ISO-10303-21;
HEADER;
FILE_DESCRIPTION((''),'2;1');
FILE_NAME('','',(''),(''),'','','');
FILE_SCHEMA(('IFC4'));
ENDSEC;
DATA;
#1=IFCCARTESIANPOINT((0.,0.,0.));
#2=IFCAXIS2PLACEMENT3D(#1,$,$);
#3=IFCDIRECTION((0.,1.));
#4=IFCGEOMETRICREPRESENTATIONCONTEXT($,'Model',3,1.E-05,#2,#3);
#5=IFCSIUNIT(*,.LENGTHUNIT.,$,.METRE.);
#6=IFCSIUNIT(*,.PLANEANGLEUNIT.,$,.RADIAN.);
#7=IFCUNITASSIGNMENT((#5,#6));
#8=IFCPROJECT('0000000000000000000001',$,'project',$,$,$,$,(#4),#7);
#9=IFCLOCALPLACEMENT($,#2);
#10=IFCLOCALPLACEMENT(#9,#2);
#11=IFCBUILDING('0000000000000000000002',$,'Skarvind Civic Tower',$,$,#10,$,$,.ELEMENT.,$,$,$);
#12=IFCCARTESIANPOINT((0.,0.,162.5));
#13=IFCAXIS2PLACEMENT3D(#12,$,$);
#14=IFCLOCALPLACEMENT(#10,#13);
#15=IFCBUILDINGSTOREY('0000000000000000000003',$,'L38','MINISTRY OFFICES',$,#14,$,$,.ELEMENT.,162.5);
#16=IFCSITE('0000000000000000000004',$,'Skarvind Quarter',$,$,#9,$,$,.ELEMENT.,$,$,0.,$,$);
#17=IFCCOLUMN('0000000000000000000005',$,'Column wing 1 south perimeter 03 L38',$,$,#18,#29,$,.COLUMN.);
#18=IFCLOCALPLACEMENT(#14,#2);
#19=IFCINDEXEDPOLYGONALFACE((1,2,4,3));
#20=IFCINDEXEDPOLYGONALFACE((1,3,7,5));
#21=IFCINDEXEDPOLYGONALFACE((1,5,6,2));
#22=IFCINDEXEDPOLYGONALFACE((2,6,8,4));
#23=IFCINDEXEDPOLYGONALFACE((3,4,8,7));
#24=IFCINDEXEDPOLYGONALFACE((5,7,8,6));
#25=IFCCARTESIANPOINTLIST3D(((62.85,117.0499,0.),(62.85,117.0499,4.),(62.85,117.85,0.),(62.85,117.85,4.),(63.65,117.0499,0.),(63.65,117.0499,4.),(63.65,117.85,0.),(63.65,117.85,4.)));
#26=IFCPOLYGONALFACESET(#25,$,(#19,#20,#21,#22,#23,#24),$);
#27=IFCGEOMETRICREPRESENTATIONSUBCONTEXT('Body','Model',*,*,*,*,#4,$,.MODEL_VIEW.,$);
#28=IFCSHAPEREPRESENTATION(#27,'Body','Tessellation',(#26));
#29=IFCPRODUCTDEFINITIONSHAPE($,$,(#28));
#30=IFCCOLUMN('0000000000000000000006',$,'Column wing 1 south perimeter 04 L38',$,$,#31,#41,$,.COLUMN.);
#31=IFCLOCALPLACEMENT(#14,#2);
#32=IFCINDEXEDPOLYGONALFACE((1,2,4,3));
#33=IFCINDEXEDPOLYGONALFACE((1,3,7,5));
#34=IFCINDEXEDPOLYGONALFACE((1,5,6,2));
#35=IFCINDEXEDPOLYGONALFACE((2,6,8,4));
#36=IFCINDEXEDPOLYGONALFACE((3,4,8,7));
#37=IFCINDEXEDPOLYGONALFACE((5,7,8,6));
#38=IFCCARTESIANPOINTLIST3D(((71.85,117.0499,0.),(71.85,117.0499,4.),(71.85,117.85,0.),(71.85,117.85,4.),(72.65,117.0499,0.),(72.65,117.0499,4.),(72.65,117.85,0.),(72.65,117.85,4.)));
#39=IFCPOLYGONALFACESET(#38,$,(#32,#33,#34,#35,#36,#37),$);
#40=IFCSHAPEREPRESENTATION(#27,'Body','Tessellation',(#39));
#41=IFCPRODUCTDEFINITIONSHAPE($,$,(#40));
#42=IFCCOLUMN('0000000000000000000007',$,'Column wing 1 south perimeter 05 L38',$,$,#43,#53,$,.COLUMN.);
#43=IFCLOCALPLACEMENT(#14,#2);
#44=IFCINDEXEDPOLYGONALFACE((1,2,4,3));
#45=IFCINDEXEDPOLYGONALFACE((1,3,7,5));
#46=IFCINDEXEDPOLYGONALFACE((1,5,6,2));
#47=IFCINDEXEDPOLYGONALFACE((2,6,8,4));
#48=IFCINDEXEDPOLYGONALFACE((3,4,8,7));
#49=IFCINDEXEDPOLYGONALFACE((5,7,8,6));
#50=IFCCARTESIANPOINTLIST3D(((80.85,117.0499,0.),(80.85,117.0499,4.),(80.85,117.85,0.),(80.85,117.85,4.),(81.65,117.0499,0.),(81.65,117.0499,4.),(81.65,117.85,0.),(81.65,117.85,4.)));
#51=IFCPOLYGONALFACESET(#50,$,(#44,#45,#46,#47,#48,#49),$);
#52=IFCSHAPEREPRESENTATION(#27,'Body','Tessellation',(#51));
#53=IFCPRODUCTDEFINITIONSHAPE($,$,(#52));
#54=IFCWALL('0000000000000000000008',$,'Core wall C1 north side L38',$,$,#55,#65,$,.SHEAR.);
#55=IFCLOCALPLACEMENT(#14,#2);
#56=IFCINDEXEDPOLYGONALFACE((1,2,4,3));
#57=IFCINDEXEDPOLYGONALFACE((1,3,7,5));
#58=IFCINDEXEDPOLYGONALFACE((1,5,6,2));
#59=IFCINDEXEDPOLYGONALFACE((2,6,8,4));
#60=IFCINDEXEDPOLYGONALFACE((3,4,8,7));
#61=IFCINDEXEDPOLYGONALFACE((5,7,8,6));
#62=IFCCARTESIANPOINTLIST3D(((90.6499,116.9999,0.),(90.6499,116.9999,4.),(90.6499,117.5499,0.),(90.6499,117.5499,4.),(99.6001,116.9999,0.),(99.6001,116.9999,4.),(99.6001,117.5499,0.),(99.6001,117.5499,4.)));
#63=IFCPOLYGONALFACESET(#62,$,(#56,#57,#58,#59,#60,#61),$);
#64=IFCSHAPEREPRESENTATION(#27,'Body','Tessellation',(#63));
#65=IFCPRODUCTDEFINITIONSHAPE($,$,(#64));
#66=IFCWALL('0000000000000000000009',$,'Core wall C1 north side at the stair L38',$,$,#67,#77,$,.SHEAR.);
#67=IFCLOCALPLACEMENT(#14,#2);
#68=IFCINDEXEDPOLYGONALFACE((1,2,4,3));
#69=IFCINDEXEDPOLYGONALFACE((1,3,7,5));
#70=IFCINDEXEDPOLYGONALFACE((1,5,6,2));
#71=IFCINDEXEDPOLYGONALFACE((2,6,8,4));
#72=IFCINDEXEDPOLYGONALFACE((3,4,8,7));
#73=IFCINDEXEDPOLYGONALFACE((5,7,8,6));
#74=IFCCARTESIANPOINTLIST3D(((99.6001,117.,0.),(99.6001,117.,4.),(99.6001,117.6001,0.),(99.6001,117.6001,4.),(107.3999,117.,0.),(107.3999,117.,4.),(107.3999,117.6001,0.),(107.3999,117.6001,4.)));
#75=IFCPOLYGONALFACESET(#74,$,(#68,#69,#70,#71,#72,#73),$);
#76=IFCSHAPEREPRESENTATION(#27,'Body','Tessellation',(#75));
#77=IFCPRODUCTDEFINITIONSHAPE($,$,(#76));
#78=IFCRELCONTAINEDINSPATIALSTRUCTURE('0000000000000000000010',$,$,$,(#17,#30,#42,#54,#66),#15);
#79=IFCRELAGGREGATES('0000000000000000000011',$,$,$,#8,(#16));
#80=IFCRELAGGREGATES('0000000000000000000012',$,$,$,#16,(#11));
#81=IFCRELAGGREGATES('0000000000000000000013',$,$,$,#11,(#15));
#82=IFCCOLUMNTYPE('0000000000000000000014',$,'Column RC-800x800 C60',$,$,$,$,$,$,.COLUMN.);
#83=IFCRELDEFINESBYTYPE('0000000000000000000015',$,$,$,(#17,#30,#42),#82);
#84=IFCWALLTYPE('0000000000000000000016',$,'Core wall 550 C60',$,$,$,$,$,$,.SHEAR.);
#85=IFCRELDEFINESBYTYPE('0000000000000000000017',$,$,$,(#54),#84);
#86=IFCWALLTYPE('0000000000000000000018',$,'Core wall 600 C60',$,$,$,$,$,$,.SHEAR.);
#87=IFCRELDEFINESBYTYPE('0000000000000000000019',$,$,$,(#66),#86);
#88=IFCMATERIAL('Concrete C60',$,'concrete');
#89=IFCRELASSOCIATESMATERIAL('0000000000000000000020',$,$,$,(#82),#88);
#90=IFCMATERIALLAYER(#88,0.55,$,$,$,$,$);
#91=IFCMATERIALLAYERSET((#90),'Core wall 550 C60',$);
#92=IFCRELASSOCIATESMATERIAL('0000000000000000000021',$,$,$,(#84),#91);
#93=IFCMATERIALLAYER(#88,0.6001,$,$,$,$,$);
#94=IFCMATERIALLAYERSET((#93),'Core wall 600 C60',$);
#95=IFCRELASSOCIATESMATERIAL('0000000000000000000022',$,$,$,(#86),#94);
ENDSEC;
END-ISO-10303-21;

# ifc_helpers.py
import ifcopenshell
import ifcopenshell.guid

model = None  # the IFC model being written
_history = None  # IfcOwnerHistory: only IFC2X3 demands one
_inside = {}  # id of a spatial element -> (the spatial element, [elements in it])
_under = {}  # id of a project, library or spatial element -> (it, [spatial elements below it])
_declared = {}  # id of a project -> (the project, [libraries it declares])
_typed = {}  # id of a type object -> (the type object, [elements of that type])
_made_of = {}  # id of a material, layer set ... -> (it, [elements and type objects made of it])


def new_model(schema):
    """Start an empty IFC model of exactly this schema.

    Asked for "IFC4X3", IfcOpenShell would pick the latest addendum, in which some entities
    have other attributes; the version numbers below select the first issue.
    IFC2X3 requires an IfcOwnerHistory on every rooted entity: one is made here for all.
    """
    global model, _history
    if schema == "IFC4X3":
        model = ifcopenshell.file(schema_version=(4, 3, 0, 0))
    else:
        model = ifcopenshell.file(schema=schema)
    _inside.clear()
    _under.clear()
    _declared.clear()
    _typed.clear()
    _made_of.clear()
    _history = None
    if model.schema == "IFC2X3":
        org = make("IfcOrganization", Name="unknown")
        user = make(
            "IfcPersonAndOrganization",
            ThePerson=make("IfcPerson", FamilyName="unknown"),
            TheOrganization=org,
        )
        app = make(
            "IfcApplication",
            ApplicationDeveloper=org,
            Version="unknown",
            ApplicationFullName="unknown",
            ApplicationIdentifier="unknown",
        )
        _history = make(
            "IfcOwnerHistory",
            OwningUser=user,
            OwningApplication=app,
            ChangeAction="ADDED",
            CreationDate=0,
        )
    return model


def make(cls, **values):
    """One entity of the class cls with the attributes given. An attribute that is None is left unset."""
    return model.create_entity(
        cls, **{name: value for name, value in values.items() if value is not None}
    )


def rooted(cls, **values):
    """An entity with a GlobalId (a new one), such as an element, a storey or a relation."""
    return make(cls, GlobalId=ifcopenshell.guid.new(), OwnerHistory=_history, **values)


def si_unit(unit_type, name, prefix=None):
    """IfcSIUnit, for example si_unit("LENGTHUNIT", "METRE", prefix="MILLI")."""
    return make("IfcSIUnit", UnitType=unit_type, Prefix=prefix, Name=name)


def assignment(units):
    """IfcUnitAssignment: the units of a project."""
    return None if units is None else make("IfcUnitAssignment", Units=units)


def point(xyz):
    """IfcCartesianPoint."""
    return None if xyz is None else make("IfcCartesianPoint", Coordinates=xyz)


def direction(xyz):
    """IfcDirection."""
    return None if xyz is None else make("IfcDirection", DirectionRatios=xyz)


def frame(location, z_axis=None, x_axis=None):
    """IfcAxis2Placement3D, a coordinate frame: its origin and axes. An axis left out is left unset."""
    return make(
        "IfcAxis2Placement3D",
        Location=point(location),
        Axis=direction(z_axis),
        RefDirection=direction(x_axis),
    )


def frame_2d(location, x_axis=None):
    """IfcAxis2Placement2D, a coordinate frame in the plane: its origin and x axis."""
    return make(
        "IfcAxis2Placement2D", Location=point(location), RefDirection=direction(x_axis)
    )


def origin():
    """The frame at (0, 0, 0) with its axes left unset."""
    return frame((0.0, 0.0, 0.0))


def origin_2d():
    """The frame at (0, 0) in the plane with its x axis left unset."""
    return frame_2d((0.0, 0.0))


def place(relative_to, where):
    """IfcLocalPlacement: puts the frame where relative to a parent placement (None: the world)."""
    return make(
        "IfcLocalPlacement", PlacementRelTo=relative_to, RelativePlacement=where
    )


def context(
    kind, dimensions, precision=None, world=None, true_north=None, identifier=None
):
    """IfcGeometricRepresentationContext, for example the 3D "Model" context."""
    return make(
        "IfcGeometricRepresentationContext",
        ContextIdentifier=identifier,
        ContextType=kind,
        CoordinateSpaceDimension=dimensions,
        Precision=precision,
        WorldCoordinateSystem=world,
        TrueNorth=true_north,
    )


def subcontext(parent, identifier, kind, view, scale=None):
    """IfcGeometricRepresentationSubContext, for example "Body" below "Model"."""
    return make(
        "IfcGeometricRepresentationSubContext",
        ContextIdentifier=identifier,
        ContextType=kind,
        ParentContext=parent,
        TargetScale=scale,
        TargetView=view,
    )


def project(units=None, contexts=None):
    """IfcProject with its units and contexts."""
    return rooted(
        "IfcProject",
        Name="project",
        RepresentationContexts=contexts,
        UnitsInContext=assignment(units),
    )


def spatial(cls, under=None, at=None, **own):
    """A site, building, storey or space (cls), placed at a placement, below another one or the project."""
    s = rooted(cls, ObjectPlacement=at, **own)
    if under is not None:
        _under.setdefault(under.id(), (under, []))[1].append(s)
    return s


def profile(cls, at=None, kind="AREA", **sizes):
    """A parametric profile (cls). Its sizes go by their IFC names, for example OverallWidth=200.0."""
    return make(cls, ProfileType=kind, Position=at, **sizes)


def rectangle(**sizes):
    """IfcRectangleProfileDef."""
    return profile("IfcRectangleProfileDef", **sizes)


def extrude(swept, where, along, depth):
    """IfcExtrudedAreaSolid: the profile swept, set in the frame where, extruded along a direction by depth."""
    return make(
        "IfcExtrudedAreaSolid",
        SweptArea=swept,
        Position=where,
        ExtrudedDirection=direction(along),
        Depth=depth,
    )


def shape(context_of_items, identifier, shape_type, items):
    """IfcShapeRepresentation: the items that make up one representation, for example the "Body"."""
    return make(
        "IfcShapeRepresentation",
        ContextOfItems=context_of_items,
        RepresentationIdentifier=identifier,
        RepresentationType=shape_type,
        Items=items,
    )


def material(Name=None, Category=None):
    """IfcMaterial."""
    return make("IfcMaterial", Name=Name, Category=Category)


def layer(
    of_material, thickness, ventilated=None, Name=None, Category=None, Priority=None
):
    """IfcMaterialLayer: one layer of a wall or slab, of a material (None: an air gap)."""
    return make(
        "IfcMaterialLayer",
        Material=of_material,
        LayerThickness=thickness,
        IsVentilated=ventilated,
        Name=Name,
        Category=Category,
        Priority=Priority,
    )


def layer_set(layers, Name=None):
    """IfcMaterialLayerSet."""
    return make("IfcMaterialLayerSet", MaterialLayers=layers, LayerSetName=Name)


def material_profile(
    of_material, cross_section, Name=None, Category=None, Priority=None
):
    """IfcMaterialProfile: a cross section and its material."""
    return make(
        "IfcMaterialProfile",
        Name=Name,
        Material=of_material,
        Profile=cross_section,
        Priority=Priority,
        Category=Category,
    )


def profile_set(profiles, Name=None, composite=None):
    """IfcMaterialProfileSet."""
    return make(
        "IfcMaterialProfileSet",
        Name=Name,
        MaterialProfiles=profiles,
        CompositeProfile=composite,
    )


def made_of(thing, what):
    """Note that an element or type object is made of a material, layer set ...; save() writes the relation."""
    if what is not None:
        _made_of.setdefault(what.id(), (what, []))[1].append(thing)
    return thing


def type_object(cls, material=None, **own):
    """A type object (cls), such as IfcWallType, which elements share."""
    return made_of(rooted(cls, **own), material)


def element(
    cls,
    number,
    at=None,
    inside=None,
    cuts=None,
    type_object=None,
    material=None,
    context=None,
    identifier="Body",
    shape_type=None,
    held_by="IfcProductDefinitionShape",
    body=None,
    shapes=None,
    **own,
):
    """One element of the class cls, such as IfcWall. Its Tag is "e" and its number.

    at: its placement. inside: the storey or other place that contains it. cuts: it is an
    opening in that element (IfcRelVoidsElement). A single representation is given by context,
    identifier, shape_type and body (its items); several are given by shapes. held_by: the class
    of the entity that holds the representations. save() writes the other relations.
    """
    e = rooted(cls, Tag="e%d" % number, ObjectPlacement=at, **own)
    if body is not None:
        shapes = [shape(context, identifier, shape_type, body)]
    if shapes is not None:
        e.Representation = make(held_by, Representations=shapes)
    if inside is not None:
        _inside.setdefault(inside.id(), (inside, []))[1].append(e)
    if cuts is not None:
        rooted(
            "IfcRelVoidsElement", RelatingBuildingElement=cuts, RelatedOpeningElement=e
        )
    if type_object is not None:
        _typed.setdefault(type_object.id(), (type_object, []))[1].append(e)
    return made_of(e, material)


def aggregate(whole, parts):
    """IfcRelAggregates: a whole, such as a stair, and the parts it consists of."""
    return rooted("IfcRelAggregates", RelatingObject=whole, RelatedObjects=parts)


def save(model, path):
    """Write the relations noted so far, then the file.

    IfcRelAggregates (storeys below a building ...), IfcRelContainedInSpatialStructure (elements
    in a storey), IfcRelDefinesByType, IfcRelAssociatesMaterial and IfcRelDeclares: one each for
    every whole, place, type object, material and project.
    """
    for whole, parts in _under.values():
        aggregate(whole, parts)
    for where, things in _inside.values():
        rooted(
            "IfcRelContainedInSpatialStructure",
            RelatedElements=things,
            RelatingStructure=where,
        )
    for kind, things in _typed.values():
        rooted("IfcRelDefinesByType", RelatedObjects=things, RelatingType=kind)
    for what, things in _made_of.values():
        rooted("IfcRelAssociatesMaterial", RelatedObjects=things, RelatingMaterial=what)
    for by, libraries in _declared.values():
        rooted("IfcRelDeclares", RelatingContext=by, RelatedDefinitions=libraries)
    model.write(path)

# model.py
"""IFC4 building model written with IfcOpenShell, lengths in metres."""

from ifc_helpers import new_model, si_unit, direction, frame, frame_2d, origin, origin_2d, place, context, subcontext, project, spatial, rectangle, extrude, material, layer, layer_set, material_profile, profile_set, type_object, element, save


model = new_model("IFC4")

# Units and contexts
model_context = context("Model", 3, precision=1e-05, world=origin(), true_north=direction((0.0, 1.0)))
body_context = subcontext(model_context, "Body", "Model", "MODEL_VIEW")
ifc_project = project(units=[si_unit("LENGTHUNIT", "METRE"), si_unit("PLANEANGLEUNIT", "RADIAN")], contexts=[model_context])

# Site, building, storey
site_placement = place(None, origin())
site = spatial("IfcSite", under=ifc_project, at=site_placement, Name="Skarvind Quarter", CompositionType="ELEMENT", RefElevation=0.0)
building_placement = place(site_placement, origin())
building = spatial("IfcBuilding", under=site, at=building_placement, Name="Skarvind Civic Tower", CompositionType="ELEMENT")
storey_placement = place(building_placement, frame((0.0, 0.0, 162.5)))
storey = spatial("IfcBuildingStorey", under=building, at=storey_placement, Name="L38", Description="MINISTRY OFFICES", CompositionType="ELEMENT", Elevation=162.5)

# Columns
ifc_material_1 = material(Name="Concrete C60", Category="concrete")
ifc_material_profile_1 = material_profile(ifc_material_1, rectangle(XDim=0.8, YDim=0.8, at=origin_2d()), Name="RC-800x800")
ifc_profile_set_1 = profile_set([ifc_material_profile_1], Name="Concrete C60")
column_type = type_object("IfcColumnType", Name="Column RC-800x800 C60", PredefinedType="COLUMN", material=ifc_profile_set_1)
for number, where, z_axis, x_axis, name in (
    (1, (63.25, 117.45, 0.0), (0.0, 0.0, 1.0), (1.0, 0.0, 0.0), "Column wing 1 south perimeter 03 L38"),
    (2, (72.25, 117.45, 0.0), (0.0, 0.0, 1.0), (1.0, 0.0, 0.0), "Column wing 1 south perimeter 04 L38"),
    (3, (81.25, 117.45, 0.0), (0.0, 0.0, 1.0), (1.0, 0.0, 0.0), "Column wing 1 south perimeter 05 L38"),
):
    element("IfcColumn", number, at=place(storey_placement, frame(where, z_axis=z_axis, x_axis=x_axis)), inside=storey, type_object=column_type, Name=name, PredefinedType="COLUMN", context=body_context, shape_type="SweptSolid", body=[
        extrude(rectangle(XDim=0.8, YDim=0.8, at=origin_2d()), origin(), (0.0, 0.0, 1.0), 4.0),
    ])

# Walls
ifc_layer_1 = layer(ifc_material_1, 0.55)
ifc_layer_set_1 = layer_set([ifc_layer_1], Name="Core wall 550 C60")
wall_type_1 = type_object("IfcWallType", Name="Core wall 550 C60", PredefinedType="SHEAR", material=ifc_layer_set_1)
wall_1_placement = place(storey_placement, frame((99.6001, 117.2749, 0.0), z_axis=(0.0, 0.0, 1.0), x_axis=(-1.0, 0.0, 0.0)))
element("IfcWall", 4, at=wall_1_placement, inside=storey, type_object=wall_type_1, Name="Core wall C1 north side L38", PredefinedType="SHEAR", context=body_context, shape_type="SweptSolid", body=[
    extrude(rectangle(XDim=8.9502, YDim=0.55, at=frame_2d((4.4751, 0.0))), origin(), (0.0, 0.0, 1.0), 4.0),
])
ifc_layer_2 = layer(ifc_material_1, 0.6001)
ifc_layer_set_2 = layer_set([ifc_layer_2], Name="Core wall 600 C60")
wall_type_2 = type_object("IfcWallType", Name="Core wall 600 C60", PredefinedType="SHEAR", material=ifc_layer_set_2)
wall_2_placement = place(storey_placement, frame((107.3999, 117.3, 0.0), z_axis=(0.0, 0.0, 1.0), x_axis=(-1.0, 0.0, 0.0)))
element("IfcWall", 5, at=wall_2_placement, inside=storey, type_object=wall_type_2, Name="Core wall C1 north side at the stair L38", PredefinedType="SHEAR", context=body_context, shape_type="SweptSolid", body=[
    extrude(rectangle(XDim=7.7998, YDim=0.6001, at=frame_2d((3.8999, 0.0))), origin(), (0.0, 0.0, 1.0), 4.0),
])

save(model, "model.ifc")
